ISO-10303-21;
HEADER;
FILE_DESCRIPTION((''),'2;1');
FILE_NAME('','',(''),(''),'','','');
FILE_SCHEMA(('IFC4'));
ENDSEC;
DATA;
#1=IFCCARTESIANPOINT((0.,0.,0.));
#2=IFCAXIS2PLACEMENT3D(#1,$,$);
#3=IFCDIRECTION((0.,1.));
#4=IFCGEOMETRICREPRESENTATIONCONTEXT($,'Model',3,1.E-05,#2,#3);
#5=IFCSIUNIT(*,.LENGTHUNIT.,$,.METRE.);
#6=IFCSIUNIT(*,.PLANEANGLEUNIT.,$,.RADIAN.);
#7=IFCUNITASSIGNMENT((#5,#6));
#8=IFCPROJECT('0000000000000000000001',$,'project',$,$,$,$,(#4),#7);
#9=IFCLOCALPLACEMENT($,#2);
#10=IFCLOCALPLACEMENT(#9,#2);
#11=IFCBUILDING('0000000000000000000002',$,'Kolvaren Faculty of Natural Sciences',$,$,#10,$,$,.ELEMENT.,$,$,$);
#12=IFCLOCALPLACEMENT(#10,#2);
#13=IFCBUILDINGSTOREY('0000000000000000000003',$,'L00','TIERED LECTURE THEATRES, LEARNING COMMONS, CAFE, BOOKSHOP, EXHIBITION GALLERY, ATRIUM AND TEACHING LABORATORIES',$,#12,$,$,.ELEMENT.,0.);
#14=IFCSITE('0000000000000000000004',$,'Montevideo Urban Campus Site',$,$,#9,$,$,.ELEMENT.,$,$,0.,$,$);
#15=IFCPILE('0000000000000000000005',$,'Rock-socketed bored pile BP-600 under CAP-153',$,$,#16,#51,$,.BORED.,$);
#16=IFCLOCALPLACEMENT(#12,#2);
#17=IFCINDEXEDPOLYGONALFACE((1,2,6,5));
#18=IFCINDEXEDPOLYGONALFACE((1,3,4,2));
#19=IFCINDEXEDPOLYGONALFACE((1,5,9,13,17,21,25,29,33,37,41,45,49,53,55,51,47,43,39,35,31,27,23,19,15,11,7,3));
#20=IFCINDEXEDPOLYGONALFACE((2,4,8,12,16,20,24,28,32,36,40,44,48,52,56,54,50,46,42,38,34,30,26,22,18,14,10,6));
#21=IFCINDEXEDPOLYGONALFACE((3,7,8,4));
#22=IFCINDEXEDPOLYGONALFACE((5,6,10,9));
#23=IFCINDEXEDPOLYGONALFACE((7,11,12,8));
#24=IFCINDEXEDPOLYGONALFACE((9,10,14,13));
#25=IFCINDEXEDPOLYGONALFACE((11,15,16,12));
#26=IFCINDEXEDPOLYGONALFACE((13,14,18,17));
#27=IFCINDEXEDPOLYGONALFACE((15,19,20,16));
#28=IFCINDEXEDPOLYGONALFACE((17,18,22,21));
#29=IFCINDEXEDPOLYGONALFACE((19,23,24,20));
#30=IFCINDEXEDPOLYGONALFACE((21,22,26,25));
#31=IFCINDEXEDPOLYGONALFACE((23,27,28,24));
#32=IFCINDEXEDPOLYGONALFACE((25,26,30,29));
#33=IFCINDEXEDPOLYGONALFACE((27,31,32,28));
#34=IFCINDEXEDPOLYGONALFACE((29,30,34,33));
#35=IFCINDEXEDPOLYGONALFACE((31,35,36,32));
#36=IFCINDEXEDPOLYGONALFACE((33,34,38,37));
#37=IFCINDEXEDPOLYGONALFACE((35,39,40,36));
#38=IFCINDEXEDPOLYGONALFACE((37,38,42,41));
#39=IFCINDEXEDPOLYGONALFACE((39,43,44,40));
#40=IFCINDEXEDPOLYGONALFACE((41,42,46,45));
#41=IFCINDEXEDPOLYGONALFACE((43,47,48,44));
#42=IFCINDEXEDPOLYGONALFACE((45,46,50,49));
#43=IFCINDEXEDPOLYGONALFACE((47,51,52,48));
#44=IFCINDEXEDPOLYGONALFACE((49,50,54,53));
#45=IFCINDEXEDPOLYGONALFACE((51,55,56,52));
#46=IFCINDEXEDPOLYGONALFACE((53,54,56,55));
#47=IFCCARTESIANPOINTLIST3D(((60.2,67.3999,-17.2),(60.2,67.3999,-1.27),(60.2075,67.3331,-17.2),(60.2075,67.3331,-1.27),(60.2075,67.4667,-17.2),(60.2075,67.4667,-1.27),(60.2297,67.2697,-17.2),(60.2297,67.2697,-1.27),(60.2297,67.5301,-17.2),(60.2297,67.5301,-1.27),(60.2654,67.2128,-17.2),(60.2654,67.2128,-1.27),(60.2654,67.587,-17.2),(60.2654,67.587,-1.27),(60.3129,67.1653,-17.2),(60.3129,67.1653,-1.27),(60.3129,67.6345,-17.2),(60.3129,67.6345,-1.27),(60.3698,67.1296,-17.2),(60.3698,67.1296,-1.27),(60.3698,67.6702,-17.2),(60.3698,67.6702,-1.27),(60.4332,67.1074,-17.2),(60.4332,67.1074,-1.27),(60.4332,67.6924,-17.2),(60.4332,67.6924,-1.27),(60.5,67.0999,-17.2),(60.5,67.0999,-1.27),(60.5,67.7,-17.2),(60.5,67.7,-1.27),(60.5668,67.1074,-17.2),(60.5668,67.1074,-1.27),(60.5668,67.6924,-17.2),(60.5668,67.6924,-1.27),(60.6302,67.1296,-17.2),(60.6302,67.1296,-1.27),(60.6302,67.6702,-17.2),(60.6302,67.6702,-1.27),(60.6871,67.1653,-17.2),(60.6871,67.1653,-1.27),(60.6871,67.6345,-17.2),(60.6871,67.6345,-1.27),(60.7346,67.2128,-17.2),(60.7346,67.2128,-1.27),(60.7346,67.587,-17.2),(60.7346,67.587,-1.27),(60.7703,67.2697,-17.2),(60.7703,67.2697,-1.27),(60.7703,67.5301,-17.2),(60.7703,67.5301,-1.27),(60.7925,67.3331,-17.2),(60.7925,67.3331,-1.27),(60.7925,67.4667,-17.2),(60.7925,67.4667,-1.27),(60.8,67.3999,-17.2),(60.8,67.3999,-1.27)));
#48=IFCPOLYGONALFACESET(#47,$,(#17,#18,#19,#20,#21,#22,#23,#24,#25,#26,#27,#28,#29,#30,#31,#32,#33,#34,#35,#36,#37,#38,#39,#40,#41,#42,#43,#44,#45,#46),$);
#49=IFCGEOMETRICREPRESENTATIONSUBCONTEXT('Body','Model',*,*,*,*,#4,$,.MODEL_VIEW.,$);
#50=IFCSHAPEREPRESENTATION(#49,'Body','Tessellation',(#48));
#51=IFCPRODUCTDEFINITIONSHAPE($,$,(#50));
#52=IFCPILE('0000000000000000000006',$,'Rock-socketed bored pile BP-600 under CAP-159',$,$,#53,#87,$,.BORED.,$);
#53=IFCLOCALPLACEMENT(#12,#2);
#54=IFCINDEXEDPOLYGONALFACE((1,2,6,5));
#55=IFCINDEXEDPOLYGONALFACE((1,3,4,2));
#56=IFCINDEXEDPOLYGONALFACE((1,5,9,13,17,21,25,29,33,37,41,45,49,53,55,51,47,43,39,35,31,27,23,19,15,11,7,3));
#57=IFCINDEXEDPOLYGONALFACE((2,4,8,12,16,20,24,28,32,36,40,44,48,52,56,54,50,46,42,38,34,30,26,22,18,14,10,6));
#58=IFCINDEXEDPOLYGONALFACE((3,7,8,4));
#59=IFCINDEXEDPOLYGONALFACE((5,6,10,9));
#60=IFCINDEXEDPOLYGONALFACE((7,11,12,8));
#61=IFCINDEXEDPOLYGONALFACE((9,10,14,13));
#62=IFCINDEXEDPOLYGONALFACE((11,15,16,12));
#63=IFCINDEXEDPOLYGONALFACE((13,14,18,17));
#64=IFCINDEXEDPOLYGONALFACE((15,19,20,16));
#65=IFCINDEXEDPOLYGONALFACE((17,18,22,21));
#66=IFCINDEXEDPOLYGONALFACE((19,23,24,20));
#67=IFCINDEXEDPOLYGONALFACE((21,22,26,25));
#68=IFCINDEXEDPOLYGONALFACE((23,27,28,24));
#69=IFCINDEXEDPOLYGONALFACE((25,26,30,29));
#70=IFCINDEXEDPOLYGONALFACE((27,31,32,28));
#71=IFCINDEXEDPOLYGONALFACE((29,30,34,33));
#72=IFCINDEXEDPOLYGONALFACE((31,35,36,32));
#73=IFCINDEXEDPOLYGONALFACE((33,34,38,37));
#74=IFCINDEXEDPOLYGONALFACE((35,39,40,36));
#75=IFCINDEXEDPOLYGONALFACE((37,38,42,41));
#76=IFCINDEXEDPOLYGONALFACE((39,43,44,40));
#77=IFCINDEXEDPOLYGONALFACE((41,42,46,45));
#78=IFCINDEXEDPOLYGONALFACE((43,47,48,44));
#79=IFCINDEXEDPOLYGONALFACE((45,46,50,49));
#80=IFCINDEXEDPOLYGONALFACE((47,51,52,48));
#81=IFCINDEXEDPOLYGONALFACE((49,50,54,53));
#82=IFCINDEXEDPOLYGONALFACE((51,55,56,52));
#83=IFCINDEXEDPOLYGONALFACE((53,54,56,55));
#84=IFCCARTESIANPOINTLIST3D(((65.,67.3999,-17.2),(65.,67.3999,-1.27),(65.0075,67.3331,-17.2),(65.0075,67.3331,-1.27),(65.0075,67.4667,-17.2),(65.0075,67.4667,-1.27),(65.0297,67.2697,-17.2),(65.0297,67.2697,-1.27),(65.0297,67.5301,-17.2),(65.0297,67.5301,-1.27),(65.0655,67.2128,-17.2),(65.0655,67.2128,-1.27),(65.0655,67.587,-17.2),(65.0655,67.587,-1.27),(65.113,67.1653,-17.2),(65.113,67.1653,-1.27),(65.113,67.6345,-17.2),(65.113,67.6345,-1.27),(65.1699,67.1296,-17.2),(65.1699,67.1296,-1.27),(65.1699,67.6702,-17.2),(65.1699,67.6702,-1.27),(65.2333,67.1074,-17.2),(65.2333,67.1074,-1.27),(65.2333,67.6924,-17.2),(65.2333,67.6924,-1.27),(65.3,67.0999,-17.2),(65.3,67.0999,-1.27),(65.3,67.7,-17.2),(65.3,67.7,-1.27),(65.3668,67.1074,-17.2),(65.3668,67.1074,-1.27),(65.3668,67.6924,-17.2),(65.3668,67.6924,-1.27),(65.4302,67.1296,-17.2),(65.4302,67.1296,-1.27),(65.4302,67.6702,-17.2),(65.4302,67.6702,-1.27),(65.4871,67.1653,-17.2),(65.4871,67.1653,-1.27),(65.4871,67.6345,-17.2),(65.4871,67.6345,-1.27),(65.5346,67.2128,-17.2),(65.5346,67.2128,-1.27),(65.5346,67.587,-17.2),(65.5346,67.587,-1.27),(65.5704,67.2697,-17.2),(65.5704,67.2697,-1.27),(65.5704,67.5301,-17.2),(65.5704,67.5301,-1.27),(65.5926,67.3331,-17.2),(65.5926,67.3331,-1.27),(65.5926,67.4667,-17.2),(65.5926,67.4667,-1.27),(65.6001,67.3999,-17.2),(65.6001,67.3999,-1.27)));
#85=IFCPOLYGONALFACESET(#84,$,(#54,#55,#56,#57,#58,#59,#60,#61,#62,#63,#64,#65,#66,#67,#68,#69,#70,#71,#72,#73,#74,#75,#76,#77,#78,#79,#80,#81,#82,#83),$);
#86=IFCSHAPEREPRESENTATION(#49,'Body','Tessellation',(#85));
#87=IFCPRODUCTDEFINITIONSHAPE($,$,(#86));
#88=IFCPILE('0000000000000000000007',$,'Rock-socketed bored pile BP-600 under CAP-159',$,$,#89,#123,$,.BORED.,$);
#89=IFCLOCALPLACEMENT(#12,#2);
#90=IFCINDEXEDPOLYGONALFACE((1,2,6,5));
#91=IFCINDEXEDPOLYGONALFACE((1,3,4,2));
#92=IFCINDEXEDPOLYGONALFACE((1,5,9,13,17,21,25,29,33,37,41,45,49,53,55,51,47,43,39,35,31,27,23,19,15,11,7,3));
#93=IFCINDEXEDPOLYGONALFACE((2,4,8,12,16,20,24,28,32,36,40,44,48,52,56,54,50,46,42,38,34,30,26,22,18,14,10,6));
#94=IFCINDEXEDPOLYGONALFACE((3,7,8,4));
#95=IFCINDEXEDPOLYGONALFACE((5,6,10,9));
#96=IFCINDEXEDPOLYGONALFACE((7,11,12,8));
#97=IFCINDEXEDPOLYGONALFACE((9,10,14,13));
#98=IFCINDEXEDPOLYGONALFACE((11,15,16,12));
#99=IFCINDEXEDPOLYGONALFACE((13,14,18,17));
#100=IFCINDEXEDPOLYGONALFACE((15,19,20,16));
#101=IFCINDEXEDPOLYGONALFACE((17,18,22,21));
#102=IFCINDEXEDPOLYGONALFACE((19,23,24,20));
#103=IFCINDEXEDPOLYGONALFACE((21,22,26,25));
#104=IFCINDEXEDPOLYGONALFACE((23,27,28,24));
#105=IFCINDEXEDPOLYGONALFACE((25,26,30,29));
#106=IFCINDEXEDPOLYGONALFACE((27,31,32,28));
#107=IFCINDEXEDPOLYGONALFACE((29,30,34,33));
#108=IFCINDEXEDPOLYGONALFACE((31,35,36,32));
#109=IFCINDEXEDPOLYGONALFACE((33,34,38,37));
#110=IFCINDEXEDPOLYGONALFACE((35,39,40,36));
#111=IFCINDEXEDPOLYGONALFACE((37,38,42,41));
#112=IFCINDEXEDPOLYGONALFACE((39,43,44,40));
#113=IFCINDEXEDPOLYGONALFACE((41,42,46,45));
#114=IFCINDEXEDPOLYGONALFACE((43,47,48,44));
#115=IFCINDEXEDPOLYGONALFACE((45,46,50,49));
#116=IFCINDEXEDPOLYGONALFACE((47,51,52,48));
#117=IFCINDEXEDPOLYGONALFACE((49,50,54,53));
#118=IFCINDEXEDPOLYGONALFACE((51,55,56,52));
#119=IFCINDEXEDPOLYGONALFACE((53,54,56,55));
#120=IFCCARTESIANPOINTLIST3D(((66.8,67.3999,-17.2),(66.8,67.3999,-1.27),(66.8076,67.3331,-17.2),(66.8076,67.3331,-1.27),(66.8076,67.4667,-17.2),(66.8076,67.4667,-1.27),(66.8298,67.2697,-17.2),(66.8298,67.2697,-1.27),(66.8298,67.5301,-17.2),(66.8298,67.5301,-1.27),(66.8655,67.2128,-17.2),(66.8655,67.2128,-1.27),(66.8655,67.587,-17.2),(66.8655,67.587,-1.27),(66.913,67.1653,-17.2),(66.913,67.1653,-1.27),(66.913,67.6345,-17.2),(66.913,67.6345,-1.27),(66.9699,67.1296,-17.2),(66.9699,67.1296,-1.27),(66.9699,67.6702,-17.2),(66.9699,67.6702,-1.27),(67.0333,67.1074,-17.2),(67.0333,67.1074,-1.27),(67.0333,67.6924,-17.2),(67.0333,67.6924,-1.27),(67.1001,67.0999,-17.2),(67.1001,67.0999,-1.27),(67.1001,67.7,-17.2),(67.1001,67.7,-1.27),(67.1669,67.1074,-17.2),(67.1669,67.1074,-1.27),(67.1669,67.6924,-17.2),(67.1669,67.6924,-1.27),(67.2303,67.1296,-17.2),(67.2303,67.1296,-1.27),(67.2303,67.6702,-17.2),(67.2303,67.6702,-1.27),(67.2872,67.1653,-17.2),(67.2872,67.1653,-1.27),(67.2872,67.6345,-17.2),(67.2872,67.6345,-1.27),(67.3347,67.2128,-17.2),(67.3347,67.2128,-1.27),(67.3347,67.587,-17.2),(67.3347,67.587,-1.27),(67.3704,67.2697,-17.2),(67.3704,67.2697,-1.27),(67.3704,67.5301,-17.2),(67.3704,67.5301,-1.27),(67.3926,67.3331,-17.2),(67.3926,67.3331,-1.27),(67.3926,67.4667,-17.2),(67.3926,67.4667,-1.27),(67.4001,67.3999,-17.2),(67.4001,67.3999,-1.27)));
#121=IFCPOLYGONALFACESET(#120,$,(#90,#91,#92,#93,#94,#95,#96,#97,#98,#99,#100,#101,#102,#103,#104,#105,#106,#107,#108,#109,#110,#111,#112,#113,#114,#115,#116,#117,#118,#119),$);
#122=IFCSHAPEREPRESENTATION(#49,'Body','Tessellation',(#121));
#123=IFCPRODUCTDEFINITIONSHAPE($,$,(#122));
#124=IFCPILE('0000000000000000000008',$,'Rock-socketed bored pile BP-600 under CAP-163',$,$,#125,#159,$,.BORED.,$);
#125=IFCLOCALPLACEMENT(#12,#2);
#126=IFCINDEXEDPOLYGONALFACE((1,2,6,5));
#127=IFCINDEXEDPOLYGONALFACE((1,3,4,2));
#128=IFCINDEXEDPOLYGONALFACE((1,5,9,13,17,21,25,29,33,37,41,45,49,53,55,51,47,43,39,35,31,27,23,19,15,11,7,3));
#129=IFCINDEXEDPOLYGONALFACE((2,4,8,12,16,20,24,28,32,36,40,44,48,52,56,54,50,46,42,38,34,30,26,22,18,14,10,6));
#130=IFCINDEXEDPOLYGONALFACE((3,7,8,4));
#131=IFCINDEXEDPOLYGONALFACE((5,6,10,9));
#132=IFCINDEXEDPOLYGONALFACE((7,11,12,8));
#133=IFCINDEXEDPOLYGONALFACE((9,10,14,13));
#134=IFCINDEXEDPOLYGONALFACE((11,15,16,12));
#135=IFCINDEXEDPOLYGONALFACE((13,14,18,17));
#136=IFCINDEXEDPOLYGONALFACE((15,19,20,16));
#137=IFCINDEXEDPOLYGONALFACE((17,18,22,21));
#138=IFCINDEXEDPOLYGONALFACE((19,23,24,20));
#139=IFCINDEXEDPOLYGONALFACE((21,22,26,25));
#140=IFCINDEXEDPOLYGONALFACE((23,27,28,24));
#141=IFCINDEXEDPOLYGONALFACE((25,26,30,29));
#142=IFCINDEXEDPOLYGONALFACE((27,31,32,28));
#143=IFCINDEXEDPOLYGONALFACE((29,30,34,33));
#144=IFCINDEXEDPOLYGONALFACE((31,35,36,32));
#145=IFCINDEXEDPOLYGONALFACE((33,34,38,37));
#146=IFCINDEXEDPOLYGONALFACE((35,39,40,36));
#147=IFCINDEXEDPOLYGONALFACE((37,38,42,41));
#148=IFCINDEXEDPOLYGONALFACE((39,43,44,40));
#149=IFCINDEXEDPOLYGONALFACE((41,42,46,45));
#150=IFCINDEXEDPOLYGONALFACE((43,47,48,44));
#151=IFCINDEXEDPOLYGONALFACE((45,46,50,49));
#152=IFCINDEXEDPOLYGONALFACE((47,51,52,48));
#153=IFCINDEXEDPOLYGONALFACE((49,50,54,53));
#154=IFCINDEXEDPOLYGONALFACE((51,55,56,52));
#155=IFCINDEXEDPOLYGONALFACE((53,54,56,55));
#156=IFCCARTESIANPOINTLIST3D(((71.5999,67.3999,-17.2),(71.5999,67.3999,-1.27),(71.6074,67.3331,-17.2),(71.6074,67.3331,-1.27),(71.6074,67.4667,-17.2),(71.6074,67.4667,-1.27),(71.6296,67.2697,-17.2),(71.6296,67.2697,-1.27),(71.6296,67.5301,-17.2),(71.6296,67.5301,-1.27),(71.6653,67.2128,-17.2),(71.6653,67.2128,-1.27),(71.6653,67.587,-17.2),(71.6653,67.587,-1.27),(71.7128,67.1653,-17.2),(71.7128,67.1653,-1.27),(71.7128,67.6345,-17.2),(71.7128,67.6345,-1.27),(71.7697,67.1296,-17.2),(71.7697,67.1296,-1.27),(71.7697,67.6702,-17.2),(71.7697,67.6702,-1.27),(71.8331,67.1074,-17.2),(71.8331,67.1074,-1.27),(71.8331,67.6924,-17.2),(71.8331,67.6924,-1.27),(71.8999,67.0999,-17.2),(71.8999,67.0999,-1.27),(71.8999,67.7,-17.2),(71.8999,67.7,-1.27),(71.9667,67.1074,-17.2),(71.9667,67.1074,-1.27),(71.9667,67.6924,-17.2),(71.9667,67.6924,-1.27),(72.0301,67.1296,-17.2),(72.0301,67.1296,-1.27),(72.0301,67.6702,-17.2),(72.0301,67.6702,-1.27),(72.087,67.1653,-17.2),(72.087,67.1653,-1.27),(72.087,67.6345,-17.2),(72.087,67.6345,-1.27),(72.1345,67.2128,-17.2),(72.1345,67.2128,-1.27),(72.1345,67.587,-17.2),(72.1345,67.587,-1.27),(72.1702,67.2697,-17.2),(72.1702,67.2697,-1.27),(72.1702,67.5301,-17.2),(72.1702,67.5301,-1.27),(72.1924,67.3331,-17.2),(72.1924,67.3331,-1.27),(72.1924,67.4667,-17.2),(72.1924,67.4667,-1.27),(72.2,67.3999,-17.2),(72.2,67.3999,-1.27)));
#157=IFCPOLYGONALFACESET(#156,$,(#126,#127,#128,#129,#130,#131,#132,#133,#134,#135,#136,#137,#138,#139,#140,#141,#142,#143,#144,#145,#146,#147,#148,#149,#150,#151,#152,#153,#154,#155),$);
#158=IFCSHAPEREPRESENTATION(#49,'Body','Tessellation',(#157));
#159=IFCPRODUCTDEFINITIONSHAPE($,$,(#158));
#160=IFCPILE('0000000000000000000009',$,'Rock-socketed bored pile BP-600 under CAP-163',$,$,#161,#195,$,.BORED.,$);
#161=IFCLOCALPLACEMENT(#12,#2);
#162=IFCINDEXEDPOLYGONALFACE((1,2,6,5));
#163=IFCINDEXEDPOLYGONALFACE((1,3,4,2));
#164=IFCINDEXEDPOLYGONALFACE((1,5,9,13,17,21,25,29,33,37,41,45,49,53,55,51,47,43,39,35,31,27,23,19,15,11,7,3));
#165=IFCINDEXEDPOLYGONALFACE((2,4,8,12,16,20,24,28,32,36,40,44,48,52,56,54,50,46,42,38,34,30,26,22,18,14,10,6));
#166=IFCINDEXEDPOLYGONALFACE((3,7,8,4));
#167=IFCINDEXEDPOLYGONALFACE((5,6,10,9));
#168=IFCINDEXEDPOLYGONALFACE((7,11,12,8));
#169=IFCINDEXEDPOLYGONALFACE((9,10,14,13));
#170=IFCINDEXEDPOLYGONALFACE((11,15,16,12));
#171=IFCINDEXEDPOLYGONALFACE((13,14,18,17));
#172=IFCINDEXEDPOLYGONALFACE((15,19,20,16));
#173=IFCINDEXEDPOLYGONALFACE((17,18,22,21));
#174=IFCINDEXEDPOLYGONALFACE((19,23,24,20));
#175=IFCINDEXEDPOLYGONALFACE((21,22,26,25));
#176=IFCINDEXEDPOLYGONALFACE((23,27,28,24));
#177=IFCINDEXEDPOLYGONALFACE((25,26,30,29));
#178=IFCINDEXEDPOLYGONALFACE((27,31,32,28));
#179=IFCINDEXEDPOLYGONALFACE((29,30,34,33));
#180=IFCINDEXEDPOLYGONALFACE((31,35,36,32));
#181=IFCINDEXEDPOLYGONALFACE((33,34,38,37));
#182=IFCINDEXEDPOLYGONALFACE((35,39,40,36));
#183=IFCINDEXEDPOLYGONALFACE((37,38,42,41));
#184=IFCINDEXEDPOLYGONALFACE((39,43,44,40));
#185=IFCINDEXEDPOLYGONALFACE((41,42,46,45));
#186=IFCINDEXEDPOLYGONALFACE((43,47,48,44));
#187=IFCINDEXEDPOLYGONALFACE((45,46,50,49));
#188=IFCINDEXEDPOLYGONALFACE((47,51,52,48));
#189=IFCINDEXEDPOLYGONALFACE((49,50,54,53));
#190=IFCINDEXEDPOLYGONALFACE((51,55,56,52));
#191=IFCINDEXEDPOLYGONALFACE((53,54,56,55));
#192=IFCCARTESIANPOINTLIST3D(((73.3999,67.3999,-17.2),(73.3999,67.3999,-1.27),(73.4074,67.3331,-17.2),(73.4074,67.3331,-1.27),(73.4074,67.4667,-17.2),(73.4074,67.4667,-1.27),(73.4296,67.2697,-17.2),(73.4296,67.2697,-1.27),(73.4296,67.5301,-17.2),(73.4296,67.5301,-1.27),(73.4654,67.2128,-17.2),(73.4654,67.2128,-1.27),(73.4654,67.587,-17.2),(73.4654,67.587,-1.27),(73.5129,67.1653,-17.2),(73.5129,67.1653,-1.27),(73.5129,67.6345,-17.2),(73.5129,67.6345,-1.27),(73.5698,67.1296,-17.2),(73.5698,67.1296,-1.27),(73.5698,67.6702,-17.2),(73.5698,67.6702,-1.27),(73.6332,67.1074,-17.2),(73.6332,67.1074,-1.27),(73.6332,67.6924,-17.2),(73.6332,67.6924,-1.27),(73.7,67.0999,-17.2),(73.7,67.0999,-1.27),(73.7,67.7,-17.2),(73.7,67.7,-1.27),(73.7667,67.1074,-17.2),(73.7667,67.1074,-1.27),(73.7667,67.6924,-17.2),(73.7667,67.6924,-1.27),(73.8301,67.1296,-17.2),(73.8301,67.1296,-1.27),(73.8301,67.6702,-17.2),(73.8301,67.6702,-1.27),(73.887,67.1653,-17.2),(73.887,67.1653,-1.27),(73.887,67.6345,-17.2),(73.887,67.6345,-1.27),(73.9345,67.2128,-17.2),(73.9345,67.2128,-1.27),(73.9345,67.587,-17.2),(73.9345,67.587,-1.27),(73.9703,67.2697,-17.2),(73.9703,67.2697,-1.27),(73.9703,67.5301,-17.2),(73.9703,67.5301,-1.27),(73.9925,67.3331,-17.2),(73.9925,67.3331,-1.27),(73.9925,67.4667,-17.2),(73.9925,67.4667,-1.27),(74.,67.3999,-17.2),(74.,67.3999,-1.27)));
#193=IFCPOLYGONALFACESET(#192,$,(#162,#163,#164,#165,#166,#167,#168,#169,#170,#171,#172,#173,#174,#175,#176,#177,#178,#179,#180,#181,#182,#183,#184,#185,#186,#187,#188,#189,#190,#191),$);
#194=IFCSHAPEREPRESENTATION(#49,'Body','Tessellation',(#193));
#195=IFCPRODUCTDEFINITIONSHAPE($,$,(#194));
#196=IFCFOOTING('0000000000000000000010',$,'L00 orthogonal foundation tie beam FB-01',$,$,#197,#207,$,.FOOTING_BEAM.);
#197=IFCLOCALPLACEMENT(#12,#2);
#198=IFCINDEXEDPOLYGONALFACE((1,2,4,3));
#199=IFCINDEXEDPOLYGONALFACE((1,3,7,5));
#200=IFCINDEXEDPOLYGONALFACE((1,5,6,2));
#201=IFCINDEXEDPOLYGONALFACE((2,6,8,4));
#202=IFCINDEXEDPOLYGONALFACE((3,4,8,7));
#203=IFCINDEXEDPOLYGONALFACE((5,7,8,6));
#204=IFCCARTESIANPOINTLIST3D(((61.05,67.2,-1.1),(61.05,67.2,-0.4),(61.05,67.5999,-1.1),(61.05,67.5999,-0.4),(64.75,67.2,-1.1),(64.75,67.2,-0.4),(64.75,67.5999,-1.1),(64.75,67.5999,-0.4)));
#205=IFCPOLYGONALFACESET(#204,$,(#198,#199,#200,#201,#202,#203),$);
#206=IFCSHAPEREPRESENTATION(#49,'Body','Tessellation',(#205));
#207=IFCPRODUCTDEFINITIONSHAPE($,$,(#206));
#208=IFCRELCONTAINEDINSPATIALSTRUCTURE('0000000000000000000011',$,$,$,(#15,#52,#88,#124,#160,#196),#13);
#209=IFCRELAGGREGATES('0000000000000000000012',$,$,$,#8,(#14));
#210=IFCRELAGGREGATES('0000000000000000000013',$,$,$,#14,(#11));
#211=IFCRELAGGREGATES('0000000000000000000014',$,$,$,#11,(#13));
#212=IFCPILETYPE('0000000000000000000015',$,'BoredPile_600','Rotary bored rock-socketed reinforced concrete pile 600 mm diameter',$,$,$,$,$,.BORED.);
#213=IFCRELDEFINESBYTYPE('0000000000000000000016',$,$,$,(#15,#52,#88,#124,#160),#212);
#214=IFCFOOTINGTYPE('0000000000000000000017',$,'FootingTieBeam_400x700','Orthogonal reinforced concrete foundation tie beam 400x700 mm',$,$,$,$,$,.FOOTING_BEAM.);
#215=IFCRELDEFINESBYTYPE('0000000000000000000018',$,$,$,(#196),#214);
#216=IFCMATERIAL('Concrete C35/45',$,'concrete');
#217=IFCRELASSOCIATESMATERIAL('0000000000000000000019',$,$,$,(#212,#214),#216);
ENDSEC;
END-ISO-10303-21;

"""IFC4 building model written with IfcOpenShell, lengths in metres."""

from ifc_helpers import new_model, si_unit, direction, frame, origin, origin_2d, place, context, subcontext, project, spatial, rectangle, circle, extrude, material, material_profile, profile_set, type_object, element, save


model = new_model("IFC4")

# Units and contexts
model_context = context("Model", 3, precision=1e-05, world=origin(), true_north=direction((0.0, 1.0)))
body_context = subcontext(model_context, "Body", "Model", "MODEL_VIEW")
ifc_project = project(units=[si_unit("LENGTHUNIT", "METRE"), si_unit("PLANEANGLEUNIT", "RADIAN")], contexts=[model_context])

# Site, building, storey
site_placement = place(None, origin())
site = spatial("IfcSite", under=ifc_project, at=site_placement, Name="Montevideo Urban Campus Site", CompositionType="ELEMENT", RefElevation=0.0)
building_placement = place(site_placement, origin())
building = spatial("IfcBuilding", under=site, at=building_placement, Name="Kolvaren Faculty of Natural Sciences", CompositionType="ELEMENT")
storey_placement = place(building_placement, origin())
storey = spatial("IfcBuildingStorey", under=building, at=storey_placement, Name="L00", Description="TIERED LECTURE THEATRES, LEARNING COMMONS, CAFE, BOOKSHOP, EXHIBITION GALLERY, ATRIUM AND TEACHING LABORATORIES", CompositionType="ELEMENT", Elevation=0.0)

# Piles
ifc_material_1 = material(Name="Concrete C35/45", Category="concrete")
ifc_material_profile_1 = material_profile(ifc_material_1, circle(Radius=0.3, at=origin_2d()), Name="PILE D600")
ifc_profile_set_1 = profile_set([ifc_material_profile_1], Name="Concrete C35/45")
pile_type = type_object("IfcPileType", Name="BoredPile_600", Description="Rotary bored rock-socketed reinforced concrete pile 600 mm diameter", PredefinedType="BORED", material=ifc_profile_set_1)
for number, where, z_axis, x_axis, name in (
    (1, (60.5, 67.3999, -1.27), (0.0, 0.0, -1.0), (1.0, 0.0, 0.0), "Rock-socketed bored pile BP-600 under CAP-153"),
    (2, (65.3, 67.3999, -1.27), (0.0, 0.0, -1.0), (1.0, 0.0, 0.0), "Rock-socketed bored pile BP-600 under CAP-159"),
    (3, (67.1001, 67.3999, -1.27), (0.0, 0.0, -1.0), (1.0, 0.0, 0.0), "Rock-socketed bored pile BP-600 under CAP-159"),
    (4, (71.8999, 67.3999, -1.27), (0.0, 0.0, -1.0), (1.0, 0.0, 0.0), "Rock-socketed bored pile BP-600 under CAP-163"),
    (5, (73.7, 67.3999, -1.27), (0.0, 0.0, -1.0), (1.0, 0.0, 0.0), "Rock-socketed bored pile BP-600 under CAP-163"),
):
    element("IfcPile", number, at=place(storey_placement, frame(where, z_axis=z_axis, x_axis=x_axis)), inside=storey, type_object=pile_type, Name=name, PredefinedType="BORED", context=body_context, shape_type="SweptSolid", body=[
        extrude(circle(Radius=0.3, at=origin_2d()), origin(), (0.0, 0.0, 1.0), 15.9299),
    ])

# Footing
ifc_material_profile_2 = material_profile(ifc_material_1, rectangle(XDim=0.3999, YDim=0.7, at=origin_2d()), Name="RC FB 400x700")
ifc_profile_set_2 = profile_set([ifc_material_profile_2], Name="Concrete C35/45")
footing_type_1 = type_object("IfcFootingType", Name="FootingTieBeam_400x700", Description="Orthogonal reinforced concrete foundation tie beam 400x700 mm", PredefinedType="FOOTING_BEAM", material=ifc_profile_set_2)
footing_1_placement = place(storey_placement, frame((61.05, 67.3999, -0.75), z_axis=(1.0, 0.0, 0.0), x_axis=(0.0, 1.0, 0.0)))
element("IfcFooting", 6, at=footing_1_placement, inside=storey, type_object=footing_type_1, Name="L00 orthogonal foundation tie beam FB-01", PredefinedType="FOOTING_BEAM", context=body_context, shape_type="SweptSolid", body=[
    extrude(rectangle(XDim=0.3999, YDim=0.7, at=origin_2d()), origin(), (0.0, 0.0, 1.0), 3.7),
])

save(model, "model.ifc")
